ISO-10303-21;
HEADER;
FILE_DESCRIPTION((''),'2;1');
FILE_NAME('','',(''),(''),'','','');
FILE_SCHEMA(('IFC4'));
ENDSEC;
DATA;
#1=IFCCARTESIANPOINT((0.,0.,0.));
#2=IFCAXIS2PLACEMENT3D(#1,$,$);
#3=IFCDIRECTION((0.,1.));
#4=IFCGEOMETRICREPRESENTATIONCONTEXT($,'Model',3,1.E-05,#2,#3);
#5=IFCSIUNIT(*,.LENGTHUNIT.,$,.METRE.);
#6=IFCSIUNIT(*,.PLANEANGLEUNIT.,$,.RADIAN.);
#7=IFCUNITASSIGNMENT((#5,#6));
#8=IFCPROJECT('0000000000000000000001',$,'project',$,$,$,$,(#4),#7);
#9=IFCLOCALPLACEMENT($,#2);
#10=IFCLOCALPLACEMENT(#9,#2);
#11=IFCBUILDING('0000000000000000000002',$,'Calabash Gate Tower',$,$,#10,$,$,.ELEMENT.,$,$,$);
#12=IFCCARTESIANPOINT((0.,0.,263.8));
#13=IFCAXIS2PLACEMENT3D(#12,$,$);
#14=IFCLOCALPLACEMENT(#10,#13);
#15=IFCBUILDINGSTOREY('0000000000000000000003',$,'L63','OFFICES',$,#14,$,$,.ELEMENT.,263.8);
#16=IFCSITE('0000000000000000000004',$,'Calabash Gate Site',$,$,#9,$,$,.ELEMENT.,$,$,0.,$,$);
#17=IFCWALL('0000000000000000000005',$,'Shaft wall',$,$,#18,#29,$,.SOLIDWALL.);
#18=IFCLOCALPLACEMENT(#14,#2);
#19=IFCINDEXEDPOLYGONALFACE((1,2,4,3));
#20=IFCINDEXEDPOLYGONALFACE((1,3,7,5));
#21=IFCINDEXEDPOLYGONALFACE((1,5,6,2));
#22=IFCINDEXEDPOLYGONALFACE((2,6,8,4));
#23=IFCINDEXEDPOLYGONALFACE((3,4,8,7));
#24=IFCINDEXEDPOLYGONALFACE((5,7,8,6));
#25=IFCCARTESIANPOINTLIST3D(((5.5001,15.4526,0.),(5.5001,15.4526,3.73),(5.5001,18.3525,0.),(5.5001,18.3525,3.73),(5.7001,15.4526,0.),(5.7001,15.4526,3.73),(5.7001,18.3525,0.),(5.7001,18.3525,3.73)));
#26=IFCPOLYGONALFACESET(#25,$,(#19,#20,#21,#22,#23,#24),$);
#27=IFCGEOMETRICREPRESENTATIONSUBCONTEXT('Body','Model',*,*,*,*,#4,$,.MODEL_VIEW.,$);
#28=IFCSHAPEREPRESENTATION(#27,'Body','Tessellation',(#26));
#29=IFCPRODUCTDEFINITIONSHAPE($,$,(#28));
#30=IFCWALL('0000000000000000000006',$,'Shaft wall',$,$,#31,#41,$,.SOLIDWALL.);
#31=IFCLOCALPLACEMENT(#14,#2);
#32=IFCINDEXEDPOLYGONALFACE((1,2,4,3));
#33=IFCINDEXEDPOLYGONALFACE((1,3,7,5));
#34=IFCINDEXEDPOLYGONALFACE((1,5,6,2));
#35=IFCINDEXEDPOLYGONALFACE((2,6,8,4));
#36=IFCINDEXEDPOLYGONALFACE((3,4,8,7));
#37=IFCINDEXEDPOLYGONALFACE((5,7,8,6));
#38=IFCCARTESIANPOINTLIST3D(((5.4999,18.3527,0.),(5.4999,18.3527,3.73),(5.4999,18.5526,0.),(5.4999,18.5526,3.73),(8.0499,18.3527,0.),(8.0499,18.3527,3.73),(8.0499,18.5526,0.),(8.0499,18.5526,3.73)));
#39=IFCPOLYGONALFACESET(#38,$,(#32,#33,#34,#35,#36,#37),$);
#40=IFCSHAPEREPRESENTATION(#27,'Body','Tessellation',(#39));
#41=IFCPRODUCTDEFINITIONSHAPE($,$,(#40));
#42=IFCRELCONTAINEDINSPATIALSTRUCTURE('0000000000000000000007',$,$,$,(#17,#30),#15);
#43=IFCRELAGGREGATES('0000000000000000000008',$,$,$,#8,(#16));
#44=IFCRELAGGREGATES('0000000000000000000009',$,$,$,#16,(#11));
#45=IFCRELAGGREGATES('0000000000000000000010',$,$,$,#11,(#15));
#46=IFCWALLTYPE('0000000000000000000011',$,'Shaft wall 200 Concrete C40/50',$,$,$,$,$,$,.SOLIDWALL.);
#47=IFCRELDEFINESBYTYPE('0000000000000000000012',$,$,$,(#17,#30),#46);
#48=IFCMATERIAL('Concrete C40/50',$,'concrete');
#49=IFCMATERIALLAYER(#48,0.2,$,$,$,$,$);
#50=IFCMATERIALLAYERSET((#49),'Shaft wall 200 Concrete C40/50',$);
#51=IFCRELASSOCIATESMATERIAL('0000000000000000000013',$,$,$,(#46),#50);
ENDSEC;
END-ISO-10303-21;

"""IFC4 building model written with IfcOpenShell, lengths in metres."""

from ifc_helpers import new_model, si_unit, direction, frame, frame_2d, origin, place, context, subcontext, project, spatial, rectangle, extrude, material, layer, layer_set, type_object, element, save


model = new_model("IFC4")

# Units and contexts
model_context = context("Model", 3, precision=1e-05, world=origin(), true_north=direction((0.0, 1.0)))
body_context = subcontext(model_context, "Body", "Model", "MODEL_VIEW")
ifc_project = project(units=[si_unit("LENGTHUNIT", "METRE"), si_unit("PLANEANGLEUNIT", "RADIAN")], contexts=[model_context])

# Site, building, storey
site_placement = place(None, origin())
site = spatial("IfcSite", under=ifc_project, at=site_placement, Name="Calabash Gate Site", CompositionType="ELEMENT", RefElevation=0.0)
building_placement = place(site_placement, origin())
building = spatial("IfcBuilding", under=site, at=building_placement, Name="Calabash Gate Tower", CompositionType="ELEMENT")
storey_placement = place(building_placement, frame((0.0, 0.0, 263.8)))
storey = spatial("IfcBuildingStorey", under=building, at=storey_placement, Name="L63", Description="OFFICES", CompositionType="ELEMENT", Elevation=263.8)

# Shared definitions
ifc_material_1 = material(Name="Concrete C40/50", Category="concrete")
ifc_layer_1 = layer(ifc_material_1, 0.2)
ifc_layer_set_1 = layer_set([ifc_layer_1], Name="Shaft wall 200 Concrete C40/50")
wall_type_1 = type_object("IfcWallType", Name="Shaft wall 200 Concrete C40/50", PredefinedType="SOLIDWALL", material=ifc_layer_set_1)

# Walls
wall_1_placement = place(storey_placement, frame((5.6001, 15.4526, 0.0), z_axis=(0.0, 0.0, 1.0), x_axis=(0.0, 1.0, 0.0)))
element("IfcWall", 1, at=wall_1_placement, inside=storey, type_object=wall_type_1, Name="Shaft wall", PredefinedType="SOLIDWALL", context=body_context, shape_type="SweptSolid", body=[
    extrude(rectangle(XDim=2.8999, YDim=0.2, at=frame_2d((1.45, 0.0))), origin(), (0.0, 0.0, 1.0), 3.73),
])
wall_2_placement = place(storey_placement, frame((5.5, 18.4526, 0.0), z_axis=(0.0, 0.0, 1.0), x_axis=(1.0, 0.0, 0.0)))
element("IfcWall", 2, at=wall_2_placement, inside=storey, type_object=wall_type_1, Name="Shaft wall", PredefinedType="SOLIDWALL", context=body_context, shape_type="SweptSolid", body=[
    extrude(rectangle(XDim=2.55, YDim=0.2, at=frame_2d((1.2749, 0.0))), origin(), (0.0, 0.0, 1.0), 3.73),
])

save(model, "model.ifc")
